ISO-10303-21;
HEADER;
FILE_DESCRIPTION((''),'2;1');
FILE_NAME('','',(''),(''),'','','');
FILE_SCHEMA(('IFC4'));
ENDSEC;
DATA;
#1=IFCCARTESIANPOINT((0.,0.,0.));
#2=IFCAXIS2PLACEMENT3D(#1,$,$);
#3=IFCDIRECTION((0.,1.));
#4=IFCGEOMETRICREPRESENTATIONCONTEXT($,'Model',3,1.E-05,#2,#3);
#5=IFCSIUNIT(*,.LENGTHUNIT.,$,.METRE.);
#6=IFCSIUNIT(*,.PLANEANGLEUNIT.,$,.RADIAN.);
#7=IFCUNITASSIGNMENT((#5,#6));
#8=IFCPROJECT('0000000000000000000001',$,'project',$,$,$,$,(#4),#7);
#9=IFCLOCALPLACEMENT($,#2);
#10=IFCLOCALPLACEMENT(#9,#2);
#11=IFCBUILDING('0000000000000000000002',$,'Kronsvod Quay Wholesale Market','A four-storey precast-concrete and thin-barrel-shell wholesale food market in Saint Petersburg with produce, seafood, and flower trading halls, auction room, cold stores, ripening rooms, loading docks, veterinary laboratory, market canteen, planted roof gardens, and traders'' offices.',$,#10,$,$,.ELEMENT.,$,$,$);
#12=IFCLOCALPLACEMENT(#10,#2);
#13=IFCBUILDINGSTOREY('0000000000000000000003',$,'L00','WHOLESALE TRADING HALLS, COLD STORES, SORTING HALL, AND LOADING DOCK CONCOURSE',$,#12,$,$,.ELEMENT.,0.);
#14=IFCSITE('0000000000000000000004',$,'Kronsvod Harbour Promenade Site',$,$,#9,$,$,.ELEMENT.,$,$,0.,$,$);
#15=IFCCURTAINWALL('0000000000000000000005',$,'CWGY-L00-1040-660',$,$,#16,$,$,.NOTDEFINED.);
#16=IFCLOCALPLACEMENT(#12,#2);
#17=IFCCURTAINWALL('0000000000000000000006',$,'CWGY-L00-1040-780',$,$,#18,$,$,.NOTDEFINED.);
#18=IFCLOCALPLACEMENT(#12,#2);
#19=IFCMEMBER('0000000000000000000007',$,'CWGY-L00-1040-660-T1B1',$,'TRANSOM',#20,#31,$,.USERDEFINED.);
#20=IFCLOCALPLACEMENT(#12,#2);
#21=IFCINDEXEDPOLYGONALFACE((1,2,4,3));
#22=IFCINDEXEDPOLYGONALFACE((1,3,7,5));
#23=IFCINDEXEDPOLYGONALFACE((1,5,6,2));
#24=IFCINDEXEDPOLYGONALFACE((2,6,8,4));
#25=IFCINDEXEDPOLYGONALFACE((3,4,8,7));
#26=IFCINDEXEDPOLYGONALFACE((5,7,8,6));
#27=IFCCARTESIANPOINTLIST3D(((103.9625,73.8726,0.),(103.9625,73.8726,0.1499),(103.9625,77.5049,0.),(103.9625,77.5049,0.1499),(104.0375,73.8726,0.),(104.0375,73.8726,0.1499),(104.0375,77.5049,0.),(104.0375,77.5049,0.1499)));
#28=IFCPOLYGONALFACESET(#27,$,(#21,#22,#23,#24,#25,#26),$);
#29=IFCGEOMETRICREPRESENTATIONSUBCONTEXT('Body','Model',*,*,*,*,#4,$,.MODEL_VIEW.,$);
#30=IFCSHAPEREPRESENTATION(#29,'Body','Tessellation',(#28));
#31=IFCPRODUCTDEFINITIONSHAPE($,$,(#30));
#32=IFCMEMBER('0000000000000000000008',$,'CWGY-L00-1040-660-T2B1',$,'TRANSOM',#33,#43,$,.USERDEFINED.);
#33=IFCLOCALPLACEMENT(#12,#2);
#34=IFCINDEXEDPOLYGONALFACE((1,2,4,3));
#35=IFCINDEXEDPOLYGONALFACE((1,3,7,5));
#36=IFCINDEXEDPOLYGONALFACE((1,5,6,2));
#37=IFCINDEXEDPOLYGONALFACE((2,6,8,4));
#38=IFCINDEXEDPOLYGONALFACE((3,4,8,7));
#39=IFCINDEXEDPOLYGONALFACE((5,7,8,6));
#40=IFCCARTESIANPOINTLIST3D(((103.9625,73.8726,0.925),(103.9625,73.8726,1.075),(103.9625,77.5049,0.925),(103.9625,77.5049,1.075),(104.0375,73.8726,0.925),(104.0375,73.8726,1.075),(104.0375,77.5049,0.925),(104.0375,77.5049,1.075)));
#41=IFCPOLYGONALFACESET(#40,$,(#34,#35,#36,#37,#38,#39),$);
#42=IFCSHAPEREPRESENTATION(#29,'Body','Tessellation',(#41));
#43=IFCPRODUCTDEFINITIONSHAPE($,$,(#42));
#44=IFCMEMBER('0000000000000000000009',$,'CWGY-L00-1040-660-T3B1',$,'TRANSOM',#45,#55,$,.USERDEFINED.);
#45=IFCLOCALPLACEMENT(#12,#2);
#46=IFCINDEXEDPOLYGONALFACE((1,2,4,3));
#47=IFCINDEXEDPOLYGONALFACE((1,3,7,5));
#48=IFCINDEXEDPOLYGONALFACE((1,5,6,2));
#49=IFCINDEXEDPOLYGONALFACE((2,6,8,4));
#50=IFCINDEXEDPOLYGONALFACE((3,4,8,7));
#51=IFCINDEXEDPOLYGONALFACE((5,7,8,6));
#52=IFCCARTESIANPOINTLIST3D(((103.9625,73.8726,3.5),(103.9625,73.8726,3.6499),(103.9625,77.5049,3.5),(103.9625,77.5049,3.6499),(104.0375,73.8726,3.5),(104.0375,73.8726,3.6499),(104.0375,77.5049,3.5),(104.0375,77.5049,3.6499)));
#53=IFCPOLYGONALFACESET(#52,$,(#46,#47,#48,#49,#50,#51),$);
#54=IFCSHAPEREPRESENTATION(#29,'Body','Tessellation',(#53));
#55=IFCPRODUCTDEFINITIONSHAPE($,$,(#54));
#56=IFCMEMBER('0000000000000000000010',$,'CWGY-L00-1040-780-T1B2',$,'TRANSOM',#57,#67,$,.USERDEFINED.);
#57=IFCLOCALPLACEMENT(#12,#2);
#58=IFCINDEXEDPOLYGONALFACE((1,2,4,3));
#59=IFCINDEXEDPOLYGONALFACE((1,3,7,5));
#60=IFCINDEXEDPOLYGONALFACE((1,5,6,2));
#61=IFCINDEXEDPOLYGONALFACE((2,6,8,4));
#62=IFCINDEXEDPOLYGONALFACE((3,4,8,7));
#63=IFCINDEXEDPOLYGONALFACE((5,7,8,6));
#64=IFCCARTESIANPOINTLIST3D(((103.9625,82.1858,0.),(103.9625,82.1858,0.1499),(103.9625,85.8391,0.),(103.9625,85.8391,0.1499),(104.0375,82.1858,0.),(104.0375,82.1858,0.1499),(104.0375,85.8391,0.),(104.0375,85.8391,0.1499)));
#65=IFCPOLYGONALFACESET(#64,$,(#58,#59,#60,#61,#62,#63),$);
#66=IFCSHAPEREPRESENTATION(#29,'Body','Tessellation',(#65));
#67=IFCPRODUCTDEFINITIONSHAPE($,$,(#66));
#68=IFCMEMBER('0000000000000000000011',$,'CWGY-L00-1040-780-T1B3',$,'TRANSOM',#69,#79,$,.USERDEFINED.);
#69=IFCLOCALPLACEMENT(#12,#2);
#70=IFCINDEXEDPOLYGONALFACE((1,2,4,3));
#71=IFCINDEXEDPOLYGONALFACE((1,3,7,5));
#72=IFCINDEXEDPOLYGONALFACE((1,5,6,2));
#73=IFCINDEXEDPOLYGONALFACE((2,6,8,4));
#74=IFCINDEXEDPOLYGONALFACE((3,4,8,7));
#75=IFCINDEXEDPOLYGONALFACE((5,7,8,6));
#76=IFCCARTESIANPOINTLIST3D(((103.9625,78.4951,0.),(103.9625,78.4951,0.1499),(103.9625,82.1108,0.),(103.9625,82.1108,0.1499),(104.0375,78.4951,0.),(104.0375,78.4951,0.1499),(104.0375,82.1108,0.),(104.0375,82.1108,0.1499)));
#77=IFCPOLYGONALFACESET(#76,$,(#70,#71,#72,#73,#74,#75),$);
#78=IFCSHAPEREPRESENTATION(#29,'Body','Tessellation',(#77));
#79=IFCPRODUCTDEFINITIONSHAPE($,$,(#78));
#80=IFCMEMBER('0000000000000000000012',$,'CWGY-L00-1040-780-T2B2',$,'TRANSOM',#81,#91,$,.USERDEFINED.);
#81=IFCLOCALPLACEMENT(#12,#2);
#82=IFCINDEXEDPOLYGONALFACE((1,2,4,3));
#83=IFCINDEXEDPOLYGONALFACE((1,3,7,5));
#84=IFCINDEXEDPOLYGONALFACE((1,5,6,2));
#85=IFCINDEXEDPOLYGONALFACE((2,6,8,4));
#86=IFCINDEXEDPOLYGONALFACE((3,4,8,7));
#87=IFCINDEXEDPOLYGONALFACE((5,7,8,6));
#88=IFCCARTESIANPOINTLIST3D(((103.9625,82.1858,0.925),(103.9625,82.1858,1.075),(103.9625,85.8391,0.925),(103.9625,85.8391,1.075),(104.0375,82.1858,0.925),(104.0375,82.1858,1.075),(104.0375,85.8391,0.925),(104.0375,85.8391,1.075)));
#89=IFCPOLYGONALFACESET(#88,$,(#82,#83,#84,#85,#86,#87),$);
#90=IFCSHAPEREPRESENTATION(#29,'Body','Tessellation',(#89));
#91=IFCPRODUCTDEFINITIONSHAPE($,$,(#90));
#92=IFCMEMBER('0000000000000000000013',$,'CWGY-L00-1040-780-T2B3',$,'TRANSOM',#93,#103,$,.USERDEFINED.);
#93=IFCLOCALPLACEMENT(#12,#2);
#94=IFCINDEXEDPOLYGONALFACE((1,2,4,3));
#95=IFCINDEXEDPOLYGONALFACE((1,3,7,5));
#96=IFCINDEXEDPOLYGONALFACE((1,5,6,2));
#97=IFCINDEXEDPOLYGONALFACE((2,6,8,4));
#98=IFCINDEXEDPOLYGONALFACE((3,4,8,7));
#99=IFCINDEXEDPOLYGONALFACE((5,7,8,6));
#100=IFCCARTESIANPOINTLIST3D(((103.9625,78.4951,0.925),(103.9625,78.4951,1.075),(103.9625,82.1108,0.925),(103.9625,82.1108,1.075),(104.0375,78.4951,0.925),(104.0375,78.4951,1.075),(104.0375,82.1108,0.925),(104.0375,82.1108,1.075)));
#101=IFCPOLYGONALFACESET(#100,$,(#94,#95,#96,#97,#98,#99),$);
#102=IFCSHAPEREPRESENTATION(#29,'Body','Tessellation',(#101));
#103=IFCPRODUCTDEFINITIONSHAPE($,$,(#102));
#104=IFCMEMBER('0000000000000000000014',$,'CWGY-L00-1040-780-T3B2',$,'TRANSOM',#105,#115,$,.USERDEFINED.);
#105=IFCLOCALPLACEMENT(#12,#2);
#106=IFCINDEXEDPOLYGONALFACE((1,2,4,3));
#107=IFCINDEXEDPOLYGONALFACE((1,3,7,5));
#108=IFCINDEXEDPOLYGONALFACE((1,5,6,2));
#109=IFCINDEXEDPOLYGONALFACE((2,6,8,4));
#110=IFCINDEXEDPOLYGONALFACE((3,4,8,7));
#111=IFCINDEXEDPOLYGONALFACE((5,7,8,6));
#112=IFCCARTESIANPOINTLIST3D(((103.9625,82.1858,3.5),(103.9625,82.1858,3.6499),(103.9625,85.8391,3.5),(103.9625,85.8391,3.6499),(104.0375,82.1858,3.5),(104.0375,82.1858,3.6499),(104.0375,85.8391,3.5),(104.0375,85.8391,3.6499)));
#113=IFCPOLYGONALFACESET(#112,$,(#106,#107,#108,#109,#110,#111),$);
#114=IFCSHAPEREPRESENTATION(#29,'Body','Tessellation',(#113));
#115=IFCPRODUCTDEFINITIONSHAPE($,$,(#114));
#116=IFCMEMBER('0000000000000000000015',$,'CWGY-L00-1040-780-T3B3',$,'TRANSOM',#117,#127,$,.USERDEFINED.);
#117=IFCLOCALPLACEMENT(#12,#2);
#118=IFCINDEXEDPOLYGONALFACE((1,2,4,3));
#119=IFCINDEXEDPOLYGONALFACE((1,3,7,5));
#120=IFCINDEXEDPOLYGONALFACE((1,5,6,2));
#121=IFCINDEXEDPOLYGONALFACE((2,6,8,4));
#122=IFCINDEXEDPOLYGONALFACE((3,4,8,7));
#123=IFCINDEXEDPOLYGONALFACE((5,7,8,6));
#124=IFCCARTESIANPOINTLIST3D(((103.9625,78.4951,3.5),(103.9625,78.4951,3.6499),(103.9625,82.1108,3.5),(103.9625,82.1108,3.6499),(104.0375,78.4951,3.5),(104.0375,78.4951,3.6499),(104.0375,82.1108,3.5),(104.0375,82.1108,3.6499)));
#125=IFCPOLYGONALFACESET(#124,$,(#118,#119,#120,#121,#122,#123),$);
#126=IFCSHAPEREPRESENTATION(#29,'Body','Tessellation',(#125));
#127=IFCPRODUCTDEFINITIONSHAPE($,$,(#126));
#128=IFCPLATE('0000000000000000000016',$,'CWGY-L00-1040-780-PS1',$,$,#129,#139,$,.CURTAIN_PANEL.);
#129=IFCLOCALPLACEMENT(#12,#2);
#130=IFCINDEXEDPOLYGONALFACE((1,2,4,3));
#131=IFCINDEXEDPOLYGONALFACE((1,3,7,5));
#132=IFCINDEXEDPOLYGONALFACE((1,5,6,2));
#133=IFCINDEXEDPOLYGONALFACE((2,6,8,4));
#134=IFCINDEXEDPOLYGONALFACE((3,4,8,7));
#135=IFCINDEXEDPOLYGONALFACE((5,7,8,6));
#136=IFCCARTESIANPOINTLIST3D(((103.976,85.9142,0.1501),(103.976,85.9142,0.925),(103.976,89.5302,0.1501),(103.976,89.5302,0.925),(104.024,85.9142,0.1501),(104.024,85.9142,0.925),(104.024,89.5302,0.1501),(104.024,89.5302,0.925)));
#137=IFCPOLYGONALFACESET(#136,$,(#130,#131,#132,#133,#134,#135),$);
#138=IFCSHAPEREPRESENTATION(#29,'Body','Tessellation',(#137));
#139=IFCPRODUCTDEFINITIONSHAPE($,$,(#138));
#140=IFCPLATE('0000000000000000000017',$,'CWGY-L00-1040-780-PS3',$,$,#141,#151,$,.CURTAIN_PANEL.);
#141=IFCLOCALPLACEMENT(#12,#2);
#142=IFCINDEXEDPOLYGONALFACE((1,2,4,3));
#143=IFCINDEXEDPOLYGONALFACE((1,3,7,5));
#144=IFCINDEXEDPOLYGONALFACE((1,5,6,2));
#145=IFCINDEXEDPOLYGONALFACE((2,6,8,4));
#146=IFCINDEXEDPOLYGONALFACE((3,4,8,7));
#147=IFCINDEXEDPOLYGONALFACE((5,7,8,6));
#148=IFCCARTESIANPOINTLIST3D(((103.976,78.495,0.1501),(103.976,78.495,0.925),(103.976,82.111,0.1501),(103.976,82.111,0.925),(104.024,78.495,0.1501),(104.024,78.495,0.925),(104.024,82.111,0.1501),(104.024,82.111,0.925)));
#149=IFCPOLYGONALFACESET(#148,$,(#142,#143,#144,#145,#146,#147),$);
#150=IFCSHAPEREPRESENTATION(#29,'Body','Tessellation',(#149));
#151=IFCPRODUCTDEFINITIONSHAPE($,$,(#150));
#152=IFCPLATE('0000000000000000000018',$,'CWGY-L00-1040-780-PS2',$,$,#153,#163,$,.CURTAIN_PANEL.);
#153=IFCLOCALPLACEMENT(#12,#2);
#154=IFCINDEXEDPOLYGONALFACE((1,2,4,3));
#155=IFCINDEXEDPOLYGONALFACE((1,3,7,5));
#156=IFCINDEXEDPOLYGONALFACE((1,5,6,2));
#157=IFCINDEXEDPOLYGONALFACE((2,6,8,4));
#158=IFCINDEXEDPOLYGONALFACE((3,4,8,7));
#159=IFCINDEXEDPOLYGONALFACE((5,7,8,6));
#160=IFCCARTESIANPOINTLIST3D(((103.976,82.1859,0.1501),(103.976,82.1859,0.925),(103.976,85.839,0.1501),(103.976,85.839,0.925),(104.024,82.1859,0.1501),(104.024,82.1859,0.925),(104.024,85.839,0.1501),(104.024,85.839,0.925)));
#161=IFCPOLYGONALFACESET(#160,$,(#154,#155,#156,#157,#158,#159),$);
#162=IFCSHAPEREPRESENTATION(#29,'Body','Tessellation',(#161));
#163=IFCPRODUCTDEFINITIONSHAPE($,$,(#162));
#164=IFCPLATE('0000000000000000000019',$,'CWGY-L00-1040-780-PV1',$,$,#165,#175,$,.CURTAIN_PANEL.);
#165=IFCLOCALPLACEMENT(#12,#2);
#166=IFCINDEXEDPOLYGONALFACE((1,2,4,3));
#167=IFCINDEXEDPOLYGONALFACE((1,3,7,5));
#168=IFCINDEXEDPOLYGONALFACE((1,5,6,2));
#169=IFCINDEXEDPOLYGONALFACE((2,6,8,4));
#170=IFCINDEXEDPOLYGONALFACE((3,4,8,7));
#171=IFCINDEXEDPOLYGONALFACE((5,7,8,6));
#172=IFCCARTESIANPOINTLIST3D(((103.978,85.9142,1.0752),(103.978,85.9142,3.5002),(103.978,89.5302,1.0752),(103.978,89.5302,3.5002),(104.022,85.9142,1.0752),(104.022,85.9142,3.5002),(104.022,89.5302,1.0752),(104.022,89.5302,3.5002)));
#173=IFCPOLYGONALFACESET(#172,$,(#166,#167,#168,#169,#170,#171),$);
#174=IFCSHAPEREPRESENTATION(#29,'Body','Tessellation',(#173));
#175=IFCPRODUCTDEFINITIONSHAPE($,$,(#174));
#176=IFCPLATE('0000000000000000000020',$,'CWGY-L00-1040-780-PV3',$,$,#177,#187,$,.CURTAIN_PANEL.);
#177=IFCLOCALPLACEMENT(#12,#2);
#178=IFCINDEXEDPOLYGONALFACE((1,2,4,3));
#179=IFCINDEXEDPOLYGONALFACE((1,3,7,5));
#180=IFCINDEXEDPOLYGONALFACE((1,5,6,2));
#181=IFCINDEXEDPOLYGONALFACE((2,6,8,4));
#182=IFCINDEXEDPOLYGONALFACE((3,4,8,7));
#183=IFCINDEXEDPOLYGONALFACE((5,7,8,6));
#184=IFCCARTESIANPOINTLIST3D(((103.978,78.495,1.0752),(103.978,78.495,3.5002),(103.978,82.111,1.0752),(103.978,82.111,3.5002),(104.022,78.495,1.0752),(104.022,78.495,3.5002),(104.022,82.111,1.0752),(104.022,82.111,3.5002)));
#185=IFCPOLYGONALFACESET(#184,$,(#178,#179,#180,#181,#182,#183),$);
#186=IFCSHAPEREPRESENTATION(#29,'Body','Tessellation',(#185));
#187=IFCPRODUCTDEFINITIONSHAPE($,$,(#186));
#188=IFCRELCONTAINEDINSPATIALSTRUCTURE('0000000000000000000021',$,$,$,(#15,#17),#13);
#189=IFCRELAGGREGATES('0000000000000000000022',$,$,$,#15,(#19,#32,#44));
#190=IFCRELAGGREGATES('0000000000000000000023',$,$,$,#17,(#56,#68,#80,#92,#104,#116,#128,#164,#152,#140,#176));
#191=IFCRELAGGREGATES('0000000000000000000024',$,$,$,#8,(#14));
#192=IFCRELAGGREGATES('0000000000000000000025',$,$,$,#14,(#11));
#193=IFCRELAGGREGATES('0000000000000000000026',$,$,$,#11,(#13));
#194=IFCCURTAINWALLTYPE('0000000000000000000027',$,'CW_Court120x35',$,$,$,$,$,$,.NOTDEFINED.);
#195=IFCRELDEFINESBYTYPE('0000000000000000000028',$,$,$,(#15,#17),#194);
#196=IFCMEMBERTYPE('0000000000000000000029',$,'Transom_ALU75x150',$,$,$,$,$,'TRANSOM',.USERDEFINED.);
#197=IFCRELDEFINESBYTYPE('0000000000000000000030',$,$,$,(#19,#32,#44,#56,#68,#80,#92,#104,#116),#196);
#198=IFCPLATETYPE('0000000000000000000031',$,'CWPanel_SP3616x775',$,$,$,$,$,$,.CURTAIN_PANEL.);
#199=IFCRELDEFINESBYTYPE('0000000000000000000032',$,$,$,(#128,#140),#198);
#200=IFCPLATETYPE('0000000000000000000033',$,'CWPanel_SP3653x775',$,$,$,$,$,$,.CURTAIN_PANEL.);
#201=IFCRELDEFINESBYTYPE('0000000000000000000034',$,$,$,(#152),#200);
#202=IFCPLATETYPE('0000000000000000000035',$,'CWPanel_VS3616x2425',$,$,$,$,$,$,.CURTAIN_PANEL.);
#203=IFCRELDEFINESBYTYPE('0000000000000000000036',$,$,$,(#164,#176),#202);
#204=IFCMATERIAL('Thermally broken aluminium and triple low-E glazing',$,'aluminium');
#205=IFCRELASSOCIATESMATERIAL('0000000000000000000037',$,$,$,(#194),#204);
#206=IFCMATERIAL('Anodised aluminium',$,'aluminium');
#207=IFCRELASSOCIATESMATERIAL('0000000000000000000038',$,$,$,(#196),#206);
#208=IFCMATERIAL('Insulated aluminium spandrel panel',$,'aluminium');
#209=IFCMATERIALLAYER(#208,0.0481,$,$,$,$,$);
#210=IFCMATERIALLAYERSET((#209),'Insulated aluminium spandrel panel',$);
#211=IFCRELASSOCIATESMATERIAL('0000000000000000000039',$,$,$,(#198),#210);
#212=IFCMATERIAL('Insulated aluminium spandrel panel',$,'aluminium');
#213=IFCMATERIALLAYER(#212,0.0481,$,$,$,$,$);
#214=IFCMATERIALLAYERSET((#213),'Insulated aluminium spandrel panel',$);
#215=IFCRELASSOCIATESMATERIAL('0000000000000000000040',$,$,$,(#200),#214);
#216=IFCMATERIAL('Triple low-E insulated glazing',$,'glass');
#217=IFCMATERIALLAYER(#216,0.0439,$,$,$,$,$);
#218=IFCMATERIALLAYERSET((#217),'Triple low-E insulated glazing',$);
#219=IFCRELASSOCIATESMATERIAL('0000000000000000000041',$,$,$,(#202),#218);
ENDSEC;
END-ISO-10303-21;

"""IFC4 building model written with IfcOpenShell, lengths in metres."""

from ifc_helpers import new_model, si_unit, direction, frame, origin, origin_2d, place, context, subcontext, project, spatial, rectangle, extrude, material, layer, layer_set, material_profile, profile_set, type_object, element, aggregate, save


model = new_model("IFC4")

# Units and contexts
model_context = context("Model", 3, precision=1e-05, world=origin(), true_north=direction((0.0, 1.0)))
body_context = subcontext(model_context, "Body", "Model", "MODEL_VIEW")
ifc_project = project(units=[si_unit("LENGTHUNIT", "METRE"), si_unit("PLANEANGLEUNIT", "RADIAN")], contexts=[model_context])

# Site, building, storey
site_placement = place(None, origin())
site = spatial("IfcSite", under=ifc_project, at=site_placement, Name="Kronsvod Harbour Promenade Site", CompositionType="ELEMENT", RefElevation=0.0)
building_placement = place(site_placement, origin())
building = spatial("IfcBuilding", under=site, at=building_placement, Name="Kronsvod Quay Wholesale Market", Description="A four-storey precast-concrete and thin-barrel-shell wholesale food market in Saint Petersburg with produce, seafood, and flower trading halls, auction room, cold stores, ripening rooms, loading docks, veterinary laboratory, market canteen, planted roof gardens, and traders' offices.", CompositionType="ELEMENT")
storey_placement = place(building_placement, origin())
storey = spatial("IfcBuildingStorey", under=building, at=storey_placement, Name="L00", Description="WHOLESALE TRADING HALLS, COLD STORES, SORTING HALL, AND LOADING DOCK CONCOURSE", CompositionType="ELEMENT", Elevation=0.0)

# Curtain wall
ifc_material_1 = material(Name="Thermally broken aluminium and triple low-E glazing", Category="aluminium")
curtain_wall_type = type_object("IfcCurtainWallType", Name="CW_Court120x35", PredefinedType="NOTDEFINED", material=ifc_material_1)
curtain_wall_1_placement = place(storey_placement, origin())
curtain_wall_1 = element("IfcCurtainWall", 1, at=curtain_wall_1_placement, inside=storey, type_object=curtain_wall_type, Name="CWGY-L00-1040-660", PredefinedType="NOTDEFINED")

# Curtain wall
curtain_wall_2_placement = place(storey_placement, origin())
curtain_wall_2 = element("IfcCurtainWall", 2, at=curtain_wall_2_placement, inside=storey, type_object=curtain_wall_type, Name="CWGY-L00-1040-780", PredefinedType="NOTDEFINED")

# Members
ifc_material_2 = material(Name="Anodised aluminium", Category="aluminium")
ifc_material_profile_1 = material_profile(ifc_material_2, rectangle(XDim=0.075, YDim=0.1499, at=origin_2d()), Name="ALUT75x150")
ifc_profile_set_1 = profile_set([ifc_material_profile_1], Name="Anodised aluminium")
member_type_1 = type_object("IfcMemberType", Name="Transom_ALU75x150", ElementType="TRANSOM", PredefinedType="USERDEFINED", material=ifc_profile_set_1)
member_1_placement = place(storey_placement, frame((104.0, 77.5049, 0.075), z_axis=(0.0, -1.0, 0.0), x_axis=(1.0, 0.0, 0.0)))
member_1 = element("IfcMember", 3, at=member_1_placement, type_object=member_type_1, Name="CWGY-L00-1040-660-T1B1", ObjectType="TRANSOM", PredefinedType="USERDEFINED", context=body_context, shape_type="SweptSolid", body=[
    extrude(rectangle(XDim=0.075, YDim=0.1499, at=origin_2d()), origin(), (0.0, 0.0, 1.0), 3.6323),
])
member_2_placement = place(storey_placement, frame((104.0, 77.5049, 1.0), z_axis=(0.0, -1.0, 0.0), x_axis=(1.0, 0.0, 0.0)))
member_2 = element("IfcMember", 4, at=member_2_placement, type_object=member_type_1, Name="CWGY-L00-1040-660-T2B1", ObjectType="TRANSOM", PredefinedType="USERDEFINED", context=body_context, shape_type="SweptSolid", body=[
    extrude(rectangle(XDim=0.075, YDim=0.1499, at=origin_2d()), origin(), (0.0, 0.0, 1.0), 3.6323),
])
member_3_placement = place(storey_placement, frame((104.0, 77.5049, 3.575), z_axis=(0.0, -1.0, 0.0), x_axis=(1.0, 0.0, 0.0)))
member_3 = element("IfcMember", 5, at=member_3_placement, type_object=member_type_1, Name="CWGY-L00-1040-660-T3B1", ObjectType="TRANSOM", PredefinedType="USERDEFINED", context=body_context, shape_type="SweptSolid", body=[
    extrude(rectangle(XDim=0.075, YDim=0.1499, at=origin_2d()), origin(), (0.0, 0.0, 1.0), 3.6323),
])
aggregate(curtain_wall_1, [member_1, member_2, member_3])
member_4_placement = place(storey_placement, frame((104.0, 85.8391, 0.075), z_axis=(0.0, -1.0, 0.0), x_axis=(1.0, 0.0, 0.0)))
member_4 = element("IfcMember", 6, at=member_4_placement, type_object=member_type_1, Name="CWGY-L00-1040-780-T1B2", ObjectType="TRANSOM", PredefinedType="USERDEFINED", context=body_context, shape_type="SweptSolid", body=[
    extrude(rectangle(XDim=0.075, YDim=0.1499, at=origin_2d()), origin(), (0.0, 0.0, 1.0), 3.6533),
])
member_5_placement = place(storey_placement, frame((104.0, 82.1108, 0.075), z_axis=(0.0, -1.0, 0.0), x_axis=(1.0, 0.0, 0.0)))
member_5 = element("IfcMember", 7, at=member_5_placement, type_object=member_type_1, Name="CWGY-L00-1040-780-T1B3", ObjectType="TRANSOM", PredefinedType="USERDEFINED", context=body_context, shape_type="SweptSolid", body=[
    extrude(rectangle(XDim=0.075, YDim=0.1499, at=origin_2d()), origin(), (0.0, 0.0, 1.0), 3.6157),
])
member_6_placement = place(storey_placement, frame((104.0, 85.8391, 1.0), z_axis=(0.0, -1.0, 0.0), x_axis=(1.0, 0.0, 0.0)))
member_6 = element("IfcMember", 8, at=member_6_placement, type_object=member_type_1, Name="CWGY-L00-1040-780-T2B2", ObjectType="TRANSOM", PredefinedType="USERDEFINED", context=body_context, shape_type="SweptSolid", body=[
    extrude(rectangle(XDim=0.075, YDim=0.1499, at=origin_2d()), origin(), (0.0, 0.0, 1.0), 3.6533),
])
member_7_placement = place(storey_placement, frame((104.0, 82.1108, 1.0), z_axis=(0.0, -1.0, 0.0), x_axis=(1.0, 0.0, 0.0)))
member_7 = element("IfcMember", 9, at=member_7_placement, type_object=member_type_1, Name="CWGY-L00-1040-780-T2B3", ObjectType="TRANSOM", PredefinedType="USERDEFINED", context=body_context, shape_type="SweptSolid", body=[
    extrude(rectangle(XDim=0.075, YDim=0.1499, at=origin_2d()), origin(), (0.0, 0.0, 1.0), 3.6157),
])
member_8_placement = place(storey_placement, frame((104.0, 85.8391, 3.575), z_axis=(0.0, -1.0, 0.0), x_axis=(1.0, 0.0, 0.0)))
member_8 = element("IfcMember", 10, at=member_8_placement, type_object=member_type_1, Name="CWGY-L00-1040-780-T3B2", ObjectType="TRANSOM", PredefinedType="USERDEFINED", context=body_context, shape_type="SweptSolid", body=[
    extrude(rectangle(XDim=0.075, YDim=0.1499, at=origin_2d()), origin(), (0.0, 0.0, 1.0), 3.6533),
])
member_9_placement = place(storey_placement, frame((104.0, 82.1108, 3.575), z_axis=(0.0, -1.0, 0.0), x_axis=(1.0, 0.0, 0.0)))
member_9 = element("IfcMember", 11, at=member_9_placement, type_object=member_type_1, Name="CWGY-L00-1040-780-T3B3", ObjectType="TRANSOM", PredefinedType="USERDEFINED", context=body_context, shape_type="SweptSolid", body=[
    extrude(rectangle(XDim=0.075, YDim=0.1499, at=origin_2d()), origin(), (0.0, 0.0, 1.0), 3.6157),
])

# Plates
ifc_material_3 = material(Name="Insulated aluminium spandrel panel", Category="aluminium")
ifc_layer_1 = layer(ifc_material_3, 0.0481)
ifc_layer_set_1 = layer_set([ifc_layer_1], Name="Insulated aluminium spandrel panel")
plate_type_1 = type_object("IfcPlateType", Name="CWPanel_SP3616x775", PredefinedType="CURTAIN_PANEL", material=ifc_layer_set_1)
plate_1_placement = place(storey_placement, frame((104.0, 87.7222, 0.1501), z_axis=(0.0, 0.0, 1.0), x_axis=(0.0, -1.0, 0.0)))
plate_1 = element("IfcPlate", 12, at=plate_1_placement, type_object=plate_type_1, Name="CWGY-L00-1040-780-PS1", PredefinedType="CURTAIN_PANEL", context=body_context, shape_type="SweptSolid", body=[
    extrude(rectangle(XDim=3.616, YDim=0.0481, at=origin_2d()), origin(), (0.0, 0.0, 1.0), 0.7749),
])
plate_2_placement = place(storey_placement, frame((104.0, 80.303, 0.1501), z_axis=(0.0, 0.0, 1.0), x_axis=(0.0, -1.0, 0.0)))
plate_2 = element("IfcPlate", 13, at=plate_2_placement, type_object=plate_type_1, Name="CWGY-L00-1040-780-PS3", PredefinedType="CURTAIN_PANEL", context=body_context, shape_type="SweptSolid", body=[
    extrude(rectangle(XDim=3.616, YDim=0.0481, at=origin_2d()), origin(), (0.0, 0.0, 1.0), 0.7749),
])
ifc_material_4 = material(Name="Insulated aluminium spandrel panel", Category="aluminium")
ifc_layer_2 = layer(ifc_material_4, 0.0481)
ifc_layer_set_2 = layer_set([ifc_layer_2], Name="Insulated aluminium spandrel panel")
plate_type_2 = type_object("IfcPlateType", Name="CWPanel_SP3653x775", PredefinedType="CURTAIN_PANEL", material=ifc_layer_set_2)
plate_3_placement = place(storey_placement, frame((104.0, 84.0125, 0.1501), z_axis=(0.0, 0.0, 1.0), x_axis=(0.0, -1.0, 0.0)))
plate_3 = element("IfcPlate", 14, at=plate_3_placement, type_object=plate_type_2, Name="CWGY-L00-1040-780-PS2", PredefinedType="CURTAIN_PANEL", context=body_context, shape_type="SweptSolid", body=[
    extrude(rectangle(XDim=3.6531, YDim=0.0481, at=origin_2d()), origin(), (0.0, 0.0, 1.0), 0.7749),
])
ifc_material_5 = material(Name="Triple low-E insulated glazing", Category="glass")
ifc_layer_3 = layer(ifc_material_5, 0.0439)
ifc_layer_set_3 = layer_set([ifc_layer_3], Name="Triple low-E insulated glazing")
plate_type_3 = type_object("IfcPlateType", Name="CWPanel_VS3616x2425", PredefinedType="CURTAIN_PANEL", material=ifc_layer_set_3)
plate_4_placement = place(storey_placement, frame((104.0, 87.7222, 1.0752), z_axis=(0.0, 0.0, 1.0), x_axis=(0.0, -1.0, 0.0)))
plate_4 = element("IfcPlate", 15, at=plate_4_placement, type_object=plate_type_3, Name="CWGY-L00-1040-780-PV1", PredefinedType="CURTAIN_PANEL", context=body_context, shape_type="SweptSolid", body=[
    extrude(rectangle(XDim=3.616, YDim=0.0439, at=origin_2d()), origin(), (0.0, 0.0, 1.0), 2.425),
])
plate_5_placement = place(storey_placement, frame((104.0, 80.303, 1.0752), z_axis=(0.0, 0.0, 1.0), x_axis=(0.0, -1.0, 0.0)))
plate_5 = element("IfcPlate", 16, at=plate_5_placement, type_object=plate_type_3, Name="CWGY-L00-1040-780-PV3", PredefinedType="CURTAIN_PANEL", context=body_context, shape_type="SweptSolid", body=[
    extrude(rectangle(XDim=3.616, YDim=0.0439, at=origin_2d()), origin(), (0.0, 0.0, 1.0), 2.425),
])
aggregate(curtain_wall_2, [member_4, member_5, member_6, member_7, member_8, member_9, plate_1, plate_4, plate_3, plate_2, plate_5])

save(model, "model.ifc")
